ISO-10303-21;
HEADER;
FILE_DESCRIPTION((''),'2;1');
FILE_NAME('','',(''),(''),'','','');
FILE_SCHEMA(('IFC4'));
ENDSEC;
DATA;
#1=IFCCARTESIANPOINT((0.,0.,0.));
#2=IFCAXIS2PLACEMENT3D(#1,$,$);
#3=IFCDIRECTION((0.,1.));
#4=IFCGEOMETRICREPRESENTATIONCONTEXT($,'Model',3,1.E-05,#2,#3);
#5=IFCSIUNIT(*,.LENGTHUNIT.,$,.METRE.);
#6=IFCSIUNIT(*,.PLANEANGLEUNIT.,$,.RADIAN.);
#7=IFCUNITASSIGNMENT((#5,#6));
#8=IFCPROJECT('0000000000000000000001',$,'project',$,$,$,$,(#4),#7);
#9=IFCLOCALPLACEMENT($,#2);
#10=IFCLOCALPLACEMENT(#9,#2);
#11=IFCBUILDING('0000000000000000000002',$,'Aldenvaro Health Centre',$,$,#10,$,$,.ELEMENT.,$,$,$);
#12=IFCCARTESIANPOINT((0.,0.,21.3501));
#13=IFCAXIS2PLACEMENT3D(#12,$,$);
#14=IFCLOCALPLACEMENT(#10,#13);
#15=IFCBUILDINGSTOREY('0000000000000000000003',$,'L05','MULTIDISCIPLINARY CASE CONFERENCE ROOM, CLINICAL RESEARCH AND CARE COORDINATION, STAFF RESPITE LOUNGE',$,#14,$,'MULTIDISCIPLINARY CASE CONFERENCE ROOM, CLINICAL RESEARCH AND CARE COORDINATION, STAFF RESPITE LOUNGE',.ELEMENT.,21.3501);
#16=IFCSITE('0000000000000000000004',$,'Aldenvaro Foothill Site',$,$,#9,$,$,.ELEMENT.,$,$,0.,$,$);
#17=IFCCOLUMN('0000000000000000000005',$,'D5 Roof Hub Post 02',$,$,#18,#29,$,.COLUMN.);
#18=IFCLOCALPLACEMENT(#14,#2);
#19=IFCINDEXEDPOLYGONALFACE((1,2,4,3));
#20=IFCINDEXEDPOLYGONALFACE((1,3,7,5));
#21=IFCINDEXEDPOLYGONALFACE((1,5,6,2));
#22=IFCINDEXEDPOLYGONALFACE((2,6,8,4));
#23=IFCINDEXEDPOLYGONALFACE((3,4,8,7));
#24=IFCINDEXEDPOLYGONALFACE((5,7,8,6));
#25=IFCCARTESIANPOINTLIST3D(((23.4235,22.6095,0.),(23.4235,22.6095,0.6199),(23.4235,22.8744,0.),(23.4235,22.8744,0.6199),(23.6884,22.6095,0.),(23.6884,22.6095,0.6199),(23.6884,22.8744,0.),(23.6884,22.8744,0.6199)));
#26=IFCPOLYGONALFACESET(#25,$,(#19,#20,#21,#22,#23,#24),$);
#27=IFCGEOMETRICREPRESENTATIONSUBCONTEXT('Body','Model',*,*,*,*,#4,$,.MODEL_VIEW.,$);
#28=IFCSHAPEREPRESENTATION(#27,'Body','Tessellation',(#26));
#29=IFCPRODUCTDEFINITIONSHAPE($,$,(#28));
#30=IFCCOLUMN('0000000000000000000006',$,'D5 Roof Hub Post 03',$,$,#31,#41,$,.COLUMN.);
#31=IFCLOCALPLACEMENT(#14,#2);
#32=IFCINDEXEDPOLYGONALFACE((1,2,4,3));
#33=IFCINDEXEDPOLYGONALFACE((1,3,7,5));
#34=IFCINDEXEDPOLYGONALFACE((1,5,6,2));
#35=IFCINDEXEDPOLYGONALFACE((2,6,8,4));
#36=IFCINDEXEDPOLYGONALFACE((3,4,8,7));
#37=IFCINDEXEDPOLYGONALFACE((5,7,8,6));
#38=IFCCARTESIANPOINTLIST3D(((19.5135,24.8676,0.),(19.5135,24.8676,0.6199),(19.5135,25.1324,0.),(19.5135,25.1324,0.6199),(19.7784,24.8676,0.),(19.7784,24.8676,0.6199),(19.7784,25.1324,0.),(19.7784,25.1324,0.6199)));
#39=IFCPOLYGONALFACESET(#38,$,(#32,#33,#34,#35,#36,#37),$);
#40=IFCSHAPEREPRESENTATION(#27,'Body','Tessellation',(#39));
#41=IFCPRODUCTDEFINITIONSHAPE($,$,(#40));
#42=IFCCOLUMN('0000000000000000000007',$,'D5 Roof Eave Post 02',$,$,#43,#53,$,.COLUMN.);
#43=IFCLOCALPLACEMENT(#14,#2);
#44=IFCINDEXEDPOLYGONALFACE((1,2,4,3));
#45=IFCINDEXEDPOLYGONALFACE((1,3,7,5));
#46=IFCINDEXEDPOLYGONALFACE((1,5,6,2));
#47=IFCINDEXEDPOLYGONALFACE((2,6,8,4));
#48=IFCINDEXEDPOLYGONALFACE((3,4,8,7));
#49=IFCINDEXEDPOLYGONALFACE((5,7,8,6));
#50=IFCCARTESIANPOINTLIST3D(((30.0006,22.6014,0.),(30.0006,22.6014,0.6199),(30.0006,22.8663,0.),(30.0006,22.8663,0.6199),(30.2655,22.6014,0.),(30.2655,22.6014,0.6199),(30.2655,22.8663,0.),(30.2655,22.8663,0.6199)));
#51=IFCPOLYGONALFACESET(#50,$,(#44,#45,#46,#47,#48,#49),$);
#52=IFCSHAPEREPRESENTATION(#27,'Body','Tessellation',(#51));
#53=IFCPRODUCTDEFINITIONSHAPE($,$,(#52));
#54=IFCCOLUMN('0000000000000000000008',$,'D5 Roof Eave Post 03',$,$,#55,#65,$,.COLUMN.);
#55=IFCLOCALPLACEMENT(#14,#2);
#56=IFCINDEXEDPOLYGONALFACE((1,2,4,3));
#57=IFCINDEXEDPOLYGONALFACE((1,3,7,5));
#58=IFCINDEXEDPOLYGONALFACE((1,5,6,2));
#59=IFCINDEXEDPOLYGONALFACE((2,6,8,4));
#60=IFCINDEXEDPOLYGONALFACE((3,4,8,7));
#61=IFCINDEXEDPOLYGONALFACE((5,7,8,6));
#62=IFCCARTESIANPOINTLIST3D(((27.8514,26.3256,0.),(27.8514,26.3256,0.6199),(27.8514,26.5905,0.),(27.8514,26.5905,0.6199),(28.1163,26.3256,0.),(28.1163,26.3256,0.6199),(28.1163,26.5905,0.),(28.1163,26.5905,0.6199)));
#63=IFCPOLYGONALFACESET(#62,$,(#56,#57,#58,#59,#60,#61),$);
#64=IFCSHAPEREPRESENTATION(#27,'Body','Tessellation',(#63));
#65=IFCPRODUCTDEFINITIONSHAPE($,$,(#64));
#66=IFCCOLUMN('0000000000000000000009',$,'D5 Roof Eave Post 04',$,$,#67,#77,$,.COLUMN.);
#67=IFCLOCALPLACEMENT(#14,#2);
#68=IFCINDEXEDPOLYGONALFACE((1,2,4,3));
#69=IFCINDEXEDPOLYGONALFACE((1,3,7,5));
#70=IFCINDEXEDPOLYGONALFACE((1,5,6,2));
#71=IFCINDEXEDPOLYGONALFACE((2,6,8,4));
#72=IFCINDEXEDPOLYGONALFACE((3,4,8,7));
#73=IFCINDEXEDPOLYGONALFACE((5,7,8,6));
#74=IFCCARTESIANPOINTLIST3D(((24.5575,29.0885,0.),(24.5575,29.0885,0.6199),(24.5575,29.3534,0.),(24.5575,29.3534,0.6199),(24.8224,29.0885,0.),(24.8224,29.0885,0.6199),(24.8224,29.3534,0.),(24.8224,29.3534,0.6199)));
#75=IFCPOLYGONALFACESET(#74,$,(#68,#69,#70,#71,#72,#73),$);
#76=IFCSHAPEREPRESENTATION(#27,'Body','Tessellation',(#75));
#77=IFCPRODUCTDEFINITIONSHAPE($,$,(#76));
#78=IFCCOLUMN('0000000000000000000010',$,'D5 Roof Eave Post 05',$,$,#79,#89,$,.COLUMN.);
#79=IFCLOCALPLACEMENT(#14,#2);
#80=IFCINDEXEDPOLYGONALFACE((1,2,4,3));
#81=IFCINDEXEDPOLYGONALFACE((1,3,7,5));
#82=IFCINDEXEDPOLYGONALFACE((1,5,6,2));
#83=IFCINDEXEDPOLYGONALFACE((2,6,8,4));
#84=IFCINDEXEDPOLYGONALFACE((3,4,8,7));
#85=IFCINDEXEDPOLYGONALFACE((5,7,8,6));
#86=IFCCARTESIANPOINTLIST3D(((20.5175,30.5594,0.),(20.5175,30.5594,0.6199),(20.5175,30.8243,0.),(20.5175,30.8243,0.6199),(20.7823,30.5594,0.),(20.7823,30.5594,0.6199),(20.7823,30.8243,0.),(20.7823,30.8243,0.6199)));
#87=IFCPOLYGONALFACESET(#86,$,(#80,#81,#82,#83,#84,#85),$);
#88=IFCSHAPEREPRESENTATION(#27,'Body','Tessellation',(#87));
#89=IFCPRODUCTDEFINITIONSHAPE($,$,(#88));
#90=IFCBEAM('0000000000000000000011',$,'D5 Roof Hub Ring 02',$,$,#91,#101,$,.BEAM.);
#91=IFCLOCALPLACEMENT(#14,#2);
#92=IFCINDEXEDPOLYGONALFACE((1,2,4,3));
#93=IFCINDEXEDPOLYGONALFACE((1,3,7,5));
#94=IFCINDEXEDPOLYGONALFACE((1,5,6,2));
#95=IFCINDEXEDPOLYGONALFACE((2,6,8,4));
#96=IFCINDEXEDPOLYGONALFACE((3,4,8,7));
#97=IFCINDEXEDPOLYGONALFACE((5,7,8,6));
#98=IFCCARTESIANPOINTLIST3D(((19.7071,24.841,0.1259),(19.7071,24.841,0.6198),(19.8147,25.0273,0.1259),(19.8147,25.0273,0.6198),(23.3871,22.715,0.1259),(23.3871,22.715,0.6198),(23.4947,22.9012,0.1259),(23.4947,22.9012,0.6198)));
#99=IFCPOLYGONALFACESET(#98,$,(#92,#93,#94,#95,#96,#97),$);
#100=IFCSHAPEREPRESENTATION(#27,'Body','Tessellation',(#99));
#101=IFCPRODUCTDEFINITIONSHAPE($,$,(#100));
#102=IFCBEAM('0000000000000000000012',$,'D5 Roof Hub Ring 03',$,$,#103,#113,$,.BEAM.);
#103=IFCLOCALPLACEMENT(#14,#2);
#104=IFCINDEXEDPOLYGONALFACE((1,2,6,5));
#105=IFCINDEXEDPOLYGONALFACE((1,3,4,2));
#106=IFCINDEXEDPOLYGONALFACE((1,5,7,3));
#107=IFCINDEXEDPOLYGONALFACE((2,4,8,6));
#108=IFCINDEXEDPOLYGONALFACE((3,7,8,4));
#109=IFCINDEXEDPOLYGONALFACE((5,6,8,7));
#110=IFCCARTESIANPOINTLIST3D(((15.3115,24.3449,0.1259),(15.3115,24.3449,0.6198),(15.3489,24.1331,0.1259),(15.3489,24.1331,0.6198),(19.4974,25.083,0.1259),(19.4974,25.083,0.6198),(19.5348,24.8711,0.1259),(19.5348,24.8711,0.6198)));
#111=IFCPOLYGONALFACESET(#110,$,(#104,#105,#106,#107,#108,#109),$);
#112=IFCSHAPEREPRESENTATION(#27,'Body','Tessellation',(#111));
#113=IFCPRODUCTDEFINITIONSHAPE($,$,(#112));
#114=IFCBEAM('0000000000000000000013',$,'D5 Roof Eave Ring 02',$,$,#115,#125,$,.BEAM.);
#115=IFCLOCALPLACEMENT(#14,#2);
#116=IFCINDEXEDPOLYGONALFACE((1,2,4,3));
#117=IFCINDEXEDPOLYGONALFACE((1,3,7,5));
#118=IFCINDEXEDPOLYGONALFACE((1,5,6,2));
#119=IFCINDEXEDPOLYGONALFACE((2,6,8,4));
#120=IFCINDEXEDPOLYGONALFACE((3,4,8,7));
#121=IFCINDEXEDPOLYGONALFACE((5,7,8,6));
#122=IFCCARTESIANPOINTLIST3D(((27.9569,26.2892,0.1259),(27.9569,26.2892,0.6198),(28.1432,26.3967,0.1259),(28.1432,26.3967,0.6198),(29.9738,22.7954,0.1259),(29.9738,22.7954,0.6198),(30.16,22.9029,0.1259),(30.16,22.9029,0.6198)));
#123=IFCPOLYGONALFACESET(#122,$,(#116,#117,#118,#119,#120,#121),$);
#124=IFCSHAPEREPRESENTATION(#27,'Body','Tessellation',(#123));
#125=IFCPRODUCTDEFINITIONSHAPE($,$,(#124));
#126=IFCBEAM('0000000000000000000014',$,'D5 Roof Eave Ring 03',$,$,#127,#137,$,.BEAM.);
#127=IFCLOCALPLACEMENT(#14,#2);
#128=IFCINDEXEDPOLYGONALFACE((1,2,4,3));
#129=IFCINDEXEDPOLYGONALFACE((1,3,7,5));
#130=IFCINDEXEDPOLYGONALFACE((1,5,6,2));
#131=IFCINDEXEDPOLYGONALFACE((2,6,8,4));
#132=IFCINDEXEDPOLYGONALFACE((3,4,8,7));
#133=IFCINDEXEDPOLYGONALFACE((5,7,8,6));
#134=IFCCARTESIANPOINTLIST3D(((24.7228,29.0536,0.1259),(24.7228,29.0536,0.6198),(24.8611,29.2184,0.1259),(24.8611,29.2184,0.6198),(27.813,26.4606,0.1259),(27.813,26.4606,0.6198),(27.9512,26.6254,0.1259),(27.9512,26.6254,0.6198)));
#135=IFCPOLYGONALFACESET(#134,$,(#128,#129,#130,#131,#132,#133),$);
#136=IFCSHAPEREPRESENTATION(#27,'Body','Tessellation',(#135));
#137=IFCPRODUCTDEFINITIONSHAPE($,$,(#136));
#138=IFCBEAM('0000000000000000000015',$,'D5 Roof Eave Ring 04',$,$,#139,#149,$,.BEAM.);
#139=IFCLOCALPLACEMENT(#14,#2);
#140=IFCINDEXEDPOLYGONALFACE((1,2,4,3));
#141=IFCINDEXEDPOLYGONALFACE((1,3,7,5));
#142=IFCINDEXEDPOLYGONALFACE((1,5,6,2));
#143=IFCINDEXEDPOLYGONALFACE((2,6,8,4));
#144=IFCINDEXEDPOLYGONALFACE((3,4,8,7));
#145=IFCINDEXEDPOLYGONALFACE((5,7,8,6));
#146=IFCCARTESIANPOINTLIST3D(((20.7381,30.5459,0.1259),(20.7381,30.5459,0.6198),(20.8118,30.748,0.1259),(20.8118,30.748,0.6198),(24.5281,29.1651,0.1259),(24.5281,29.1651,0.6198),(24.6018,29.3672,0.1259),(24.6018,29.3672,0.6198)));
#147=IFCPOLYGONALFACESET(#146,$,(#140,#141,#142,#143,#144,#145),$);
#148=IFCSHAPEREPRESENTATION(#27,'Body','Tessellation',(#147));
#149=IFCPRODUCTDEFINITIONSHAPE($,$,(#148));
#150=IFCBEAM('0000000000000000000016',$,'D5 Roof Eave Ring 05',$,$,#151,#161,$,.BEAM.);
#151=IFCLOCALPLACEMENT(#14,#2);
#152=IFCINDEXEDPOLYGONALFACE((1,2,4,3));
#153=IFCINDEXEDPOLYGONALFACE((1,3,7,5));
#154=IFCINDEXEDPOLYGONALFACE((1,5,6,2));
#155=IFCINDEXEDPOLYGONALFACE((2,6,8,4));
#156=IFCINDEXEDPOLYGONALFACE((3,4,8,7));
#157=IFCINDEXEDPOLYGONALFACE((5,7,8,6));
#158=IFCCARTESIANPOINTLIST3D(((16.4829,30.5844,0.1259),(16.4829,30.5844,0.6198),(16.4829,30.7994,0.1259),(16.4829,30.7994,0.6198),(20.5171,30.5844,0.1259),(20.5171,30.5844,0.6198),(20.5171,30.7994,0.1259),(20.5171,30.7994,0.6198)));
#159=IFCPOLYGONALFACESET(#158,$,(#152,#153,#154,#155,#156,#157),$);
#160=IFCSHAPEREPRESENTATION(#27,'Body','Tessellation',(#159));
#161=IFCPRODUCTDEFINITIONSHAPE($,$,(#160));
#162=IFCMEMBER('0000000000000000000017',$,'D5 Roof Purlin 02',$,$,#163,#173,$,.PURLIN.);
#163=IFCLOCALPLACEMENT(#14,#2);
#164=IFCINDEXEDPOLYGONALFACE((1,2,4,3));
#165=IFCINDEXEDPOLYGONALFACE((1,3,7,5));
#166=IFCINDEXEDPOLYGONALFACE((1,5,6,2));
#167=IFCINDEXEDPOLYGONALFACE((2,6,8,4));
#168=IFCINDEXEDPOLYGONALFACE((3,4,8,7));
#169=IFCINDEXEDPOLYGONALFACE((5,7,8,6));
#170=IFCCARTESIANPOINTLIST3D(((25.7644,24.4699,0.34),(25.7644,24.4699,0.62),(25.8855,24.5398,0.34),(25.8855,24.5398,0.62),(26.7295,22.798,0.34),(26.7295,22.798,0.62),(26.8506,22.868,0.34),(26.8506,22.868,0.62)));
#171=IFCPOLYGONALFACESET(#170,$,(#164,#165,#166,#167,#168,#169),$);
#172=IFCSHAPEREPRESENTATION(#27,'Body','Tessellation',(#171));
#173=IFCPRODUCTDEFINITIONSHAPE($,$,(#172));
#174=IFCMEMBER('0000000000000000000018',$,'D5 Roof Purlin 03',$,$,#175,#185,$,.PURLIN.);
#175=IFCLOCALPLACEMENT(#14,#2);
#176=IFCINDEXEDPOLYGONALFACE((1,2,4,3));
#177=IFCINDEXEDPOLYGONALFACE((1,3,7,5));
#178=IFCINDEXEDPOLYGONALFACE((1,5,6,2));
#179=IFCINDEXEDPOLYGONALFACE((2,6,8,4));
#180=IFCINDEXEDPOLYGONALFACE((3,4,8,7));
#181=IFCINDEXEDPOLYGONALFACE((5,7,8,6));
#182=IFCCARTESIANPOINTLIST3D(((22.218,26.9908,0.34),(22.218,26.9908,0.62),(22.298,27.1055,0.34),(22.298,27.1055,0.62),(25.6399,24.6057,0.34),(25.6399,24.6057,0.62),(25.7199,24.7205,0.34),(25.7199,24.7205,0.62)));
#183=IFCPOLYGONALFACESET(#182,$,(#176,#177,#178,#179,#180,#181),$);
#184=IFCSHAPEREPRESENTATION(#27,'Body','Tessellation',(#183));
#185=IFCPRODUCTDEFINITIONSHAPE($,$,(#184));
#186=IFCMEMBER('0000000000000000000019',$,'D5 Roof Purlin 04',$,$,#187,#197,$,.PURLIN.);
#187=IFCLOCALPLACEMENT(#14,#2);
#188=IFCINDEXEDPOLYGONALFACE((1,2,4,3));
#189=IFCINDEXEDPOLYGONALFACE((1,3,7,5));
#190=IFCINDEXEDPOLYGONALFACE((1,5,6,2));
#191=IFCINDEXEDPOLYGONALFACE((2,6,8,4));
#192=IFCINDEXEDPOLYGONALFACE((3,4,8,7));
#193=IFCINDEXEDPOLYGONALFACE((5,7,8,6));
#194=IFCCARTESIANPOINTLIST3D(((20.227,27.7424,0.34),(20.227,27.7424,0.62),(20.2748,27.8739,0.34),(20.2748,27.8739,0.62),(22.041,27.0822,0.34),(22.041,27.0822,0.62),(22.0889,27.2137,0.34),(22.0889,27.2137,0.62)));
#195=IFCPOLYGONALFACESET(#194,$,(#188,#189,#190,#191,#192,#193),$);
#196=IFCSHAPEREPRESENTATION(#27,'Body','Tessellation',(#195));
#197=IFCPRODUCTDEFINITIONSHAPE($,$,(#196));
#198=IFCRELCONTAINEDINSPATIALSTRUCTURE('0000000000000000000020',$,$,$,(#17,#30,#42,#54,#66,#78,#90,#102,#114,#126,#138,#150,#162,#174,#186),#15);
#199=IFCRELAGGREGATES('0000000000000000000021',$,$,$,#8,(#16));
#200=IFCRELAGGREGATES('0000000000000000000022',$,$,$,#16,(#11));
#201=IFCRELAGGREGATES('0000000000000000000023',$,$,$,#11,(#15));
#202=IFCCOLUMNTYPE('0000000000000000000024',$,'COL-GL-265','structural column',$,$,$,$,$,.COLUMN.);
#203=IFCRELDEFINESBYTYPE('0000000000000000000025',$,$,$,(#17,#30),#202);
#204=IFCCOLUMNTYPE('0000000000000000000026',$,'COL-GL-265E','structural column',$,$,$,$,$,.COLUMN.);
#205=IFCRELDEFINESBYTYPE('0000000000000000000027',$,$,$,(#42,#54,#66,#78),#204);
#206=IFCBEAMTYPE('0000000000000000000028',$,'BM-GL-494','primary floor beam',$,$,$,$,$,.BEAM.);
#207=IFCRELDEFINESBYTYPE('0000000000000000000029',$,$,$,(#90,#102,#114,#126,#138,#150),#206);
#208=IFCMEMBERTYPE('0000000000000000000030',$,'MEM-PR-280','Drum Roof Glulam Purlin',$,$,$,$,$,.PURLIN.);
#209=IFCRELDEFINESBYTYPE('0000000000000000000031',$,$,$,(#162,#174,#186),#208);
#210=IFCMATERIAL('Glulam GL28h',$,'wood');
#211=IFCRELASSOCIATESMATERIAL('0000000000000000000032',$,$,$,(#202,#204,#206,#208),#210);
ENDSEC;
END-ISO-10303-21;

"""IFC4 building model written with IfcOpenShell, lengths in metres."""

from ifc_helpers import new_model, si_unit, direction, frame, origin, origin_2d, place, context, subcontext, project, spatial, rectangle, extrude, material, material_profile, profile_set, type_object, element, save


model = new_model("IFC4")

# Units and contexts
model_context = context("Model", 3, precision=1e-05, world=origin(), true_north=direction((0.0, 1.0)))
body_context = subcontext(model_context, "Body", "Model", "MODEL_VIEW")
ifc_project = project(units=[si_unit("LENGTHUNIT", "METRE"), si_unit("PLANEANGLEUNIT", "RADIAN")], contexts=[model_context])

# Site, building, storey
site_placement = place(None, origin())
site = spatial("IfcSite", under=ifc_project, at=site_placement, Name="Aldenvaro Foothill Site", CompositionType="ELEMENT", RefElevation=0.0)
building_placement = place(site_placement, origin())
building = spatial("IfcBuilding", under=site, at=building_placement, Name="Aldenvaro Health Centre", CompositionType="ELEMENT")
storey_placement = place(building_placement, frame((0.0, 0.0, 21.3501)))
storey = spatial("IfcBuildingStorey", under=building, at=storey_placement, Name="L05", Description="MULTIDISCIPLINARY CASE CONFERENCE ROOM, CLINICAL RESEARCH AND CARE COORDINATION, STAFF RESPITE LOUNGE", LongName="MULTIDISCIPLINARY CASE CONFERENCE ROOM, CLINICAL RESEARCH AND CARE COORDINATION, STAFF RESPITE LOUNGE", CompositionType="ELEMENT", Elevation=21.3501)

# Columns
ifc_material_1 = material(Name="Glulam GL28h", Category="wood")
ifc_material_profile_1 = material_profile(ifc_material_1, rectangle(XDim=0.2649, YDim=0.2649, at=origin_2d()), Name="GL 265x265", Category="wood")
ifc_profile_set_1 = profile_set([ifc_material_profile_1], Name="Glulam GL28h")
column_type_1 = type_object("IfcColumnType", Name="COL-GL-265", Description="structural column", PredefinedType="COLUMN", material=ifc_profile_set_1)
for number, where, z_axis, x_axis, name in (
    (1, (23.5559, 22.7419, 0.0), (0.0, 0.0, 1.0), (1.0, 0.0, 0.0), "D5 Roof Hub Post 02"),
    (2, (19.646, 25.0, 0.0), (0.0, 0.0, 1.0), (1.0, 0.0, 0.0), "D5 Roof Hub Post 03"),
):
    element("IfcColumn", number, at=place(storey_placement, frame(where, z_axis=z_axis, x_axis=x_axis)), inside=storey, type_object=column_type_1, Name=name, PredefinedType="COLUMN", context=body_context, shape_type="SweptSolid", body=[
        extrude(rectangle(XDim=0.2649, YDim=0.2649, at=origin_2d()), origin(), (0.0, 0.0, 1.0), 0.6199),
    ])
ifc_material_profile_2 = material_profile(ifc_material_1, rectangle(XDim=0.2649, YDim=0.2649, at=origin_2d()), Name="GL 265x265", Category="wood")
ifc_profile_set_2 = profile_set([ifc_material_profile_2], Name="Glulam GL28h")
column_type_2 = type_object("IfcColumnType", Name="COL-GL-265E", Description="structural column", PredefinedType="COLUMN", material=ifc_profile_set_2)
for number, where, z_axis, x_axis, name in (
    (3, (30.1331, 22.7339, 0.0), (0.0, 0.0, 1.0), (1.0, 0.0, 0.0), "D5 Roof Eave Post 02"),
    (4, (27.9839, 26.458, 0.0), (0.0, 0.0, 1.0), (1.0, 0.0, 0.0), "D5 Roof Eave Post 03"),
    (5, (24.6899, 29.2209, 0.0), (0.0, 0.0, 1.0), (1.0, 0.0, 0.0), "D5 Roof Eave Post 04"),
    (6, (20.6499, 30.6919, 0.0), (0.0, 0.0, 1.0), (1.0, 0.0, 0.0), "D5 Roof Eave Post 05"),
):
    element("IfcColumn", number, at=place(storey_placement, frame(where, z_axis=z_axis, x_axis=x_axis)), inside=storey, type_object=column_type_2, Name=name, PredefinedType="COLUMN", context=body_context, shape_type="SweptSolid", body=[
        extrude(rectangle(XDim=0.2649, YDim=0.2649, at=origin_2d()), origin(), (0.0, 0.0, 1.0), 0.6199),
    ])

# Beams
ifc_material_profile_3 = material_profile(ifc_material_1, rectangle(XDim=0.2151, YDim=0.4939, at=origin_2d()), Name="GL 215x494", Category="wood")
ifc_profile_set_3 = profile_set([ifc_material_profile_3], Name="Glulam GL28h")
beam_type = type_object("IfcBeamType", Name="BM-GL-494", Description="primary floor beam", PredefinedType="BEAM", material=ifc_profile_set_3)
beam_1_placement = place(storey_placement, frame((23.4409, 22.8081, 0.3728), z_axis=(-0.865886, 0.500241, 0.0), x_axis=(-0.500241, -0.865886, 0.0)))
element("IfcBeam", 7, at=beam_1_placement, inside=storey, type_object=beam_type, Name="D5 Roof Hub Ring 02", PredefinedType="BEAM", context=body_context, shape_type="SweptSolid", body=[
    extrude(rectangle(XDim=0.2151, YDim=0.4939, at=origin_2d()), origin(), (0.0, 0.0, 1.0), 4.25),
])
beam_2_placement = place(storey_placement, frame((19.5161, 24.9771, 0.3728), z_axis=(-0.984811, -0.173631, 0.0), x_axis=(0.173631, -0.984811, 0.0)))
element("IfcBeam", 8, at=beam_2_placement, inside=storey, type_object=beam_type, Name="D5 Roof Hub Ring 03", PredefinedType="BEAM", context=body_context, shape_type="SweptSolid", body=[
    extrude(rectangle(XDim=0.2151, YDim=0.4939, at=origin_2d()), origin(), (0.0, 0.0, 1.0), 4.2505),
])
beam_3_placement = place(storey_placement, frame((30.0669, 22.8491, 0.3728), z_axis=(-0.499934, 0.866064, 0.0), x_axis=(-0.866064, -0.499934, 0.0)))
element("IfcBeam", 9, at=beam_3_placement, inside=storey, type_object=beam_type, Name="D5 Roof Eave Ring 02", PredefinedType="BEAM", context=body_context, shape_type="SweptSolid", body=[
    extrude(rectangle(XDim=0.2151, YDim=0.4939, at=origin_2d()), origin(), (0.0, 0.0, 1.0), 4.0342),
])
beam_4_placement = place(storey_placement, frame((27.8821, 26.543, 0.3728), z_axis=(-0.766029, 0.642806, 0.0), x_axis=(-0.642806, -0.766029, 0.0)))
element("IfcBeam", 10, at=beam_4_placement, inside=storey, type_object=beam_type, Name="D5 Roof Eave Ring 03", PredefinedType="BEAM", context=body_context, shape_type="SweptSolid", body=[
    extrude(rectangle(XDim=0.2151, YDim=0.4939, at=origin_2d()), origin(), (0.0, 0.0, 1.0), 4.0339),
])
beam_5_placement = place(storey_placement, frame((24.5649, 29.2661, 0.3728), z_axis=(-0.939581, 0.342326, 0.0), x_axis=(-0.342326, -0.939581, 0.0)))
element("IfcBeam", 11, at=beam_5_placement, inside=storey, type_object=beam_type, Name="D5 Roof Eave Ring 04", PredefinedType="BEAM", context=body_context, shape_type="SweptSolid", body=[
    extrude(rectangle(XDim=0.2151, YDim=0.4939, at=origin_2d()), origin(), (0.0, 0.0, 1.0), 4.0337),
])
beam_6_placement = place(storey_placement, frame((20.5171, 30.6919, 0.3728), z_axis=(-1.0, 0.0, 0.0), x_axis=(0.0, -1.0, 0.0)))
element("IfcBeam", 12, at=beam_6_placement, inside=storey, type_object=beam_type, Name="D5 Roof Eave Ring 05", PredefinedType="BEAM", context=body_context, shape_type="SweptSolid", body=[
    extrude(rectangle(XDim=0.2151, YDim=0.4939, at=origin_2d()), origin(), (0.0, 0.0, 1.0), 4.0342),
])

# Members
ifc_material_profile_4 = material_profile(ifc_material_1, rectangle(XDim=0.1399, YDim=0.28, at=origin_2d()), Name="GL 140x280", Category="wood")
ifc_profile_set_4 = profile_set([ifc_material_profile_4], Name="Glulam GL28h")
member_type_1 = type_object("IfcMemberType", Name="MEM-PR-280", Description="Drum Roof Glulam Purlin", PredefinedType="PURLIN", material=ifc_profile_set_4)
member_1_placement = place(storey_placement, frame((26.79, 22.833, 0.48), z_axis=(-0.499934, 0.866063, 0.0), x_axis=(-0.866063, -0.499934, 0.0)))
element("IfcMember", 13, at=member_1_placement, inside=storey, type_object=member_type_1, Name="D5 Roof Purlin 02", PredefinedType="PURLIN", context=body_context, shape_type="SweptSolid", body=[
    extrude(rectangle(XDim=0.1399, YDim=0.28, at=origin_2d()), origin(), (0.0, 0.0, 1.0), 1.9304),
])
member_2_placement = place(storey_placement, frame((25.6799, 24.6631, 0.48), z_axis=(-0.820391, 0.571803, 0.0), x_axis=(-0.571803, -0.820391, 0.0)))
element("IfcMember", 14, at=member_2_placement, inside=storey, type_object=member_type_1, Name="D5 Roof Purlin 03", PredefinedType="PURLIN", context=body_context, shape_type="SweptSolid", body=[
    extrude(rectangle(XDim=0.1399, YDim=0.28, at=origin_2d()), origin(), (0.0, 0.0, 1.0), 4.1711),
])
member_3_placement = place(storey_placement, frame((22.0649, 27.1479, 0.48), z_axis=(-0.939705, 0.341987, 0.0), x_axis=(-0.341987, -0.939705, 0.0)))
element("IfcMember", 15, at=member_3_placement, inside=storey, type_object=member_type_1, Name="D5 Roof Purlin 04", PredefinedType="PURLIN", context=body_context, shape_type="SweptSolid", body=[
    extrude(rectangle(XDim=0.1399, YDim=0.28, at=origin_2d()), origin(), (0.0, 0.0, 1.0), 1.9304),
])

save(model, "model.ifc")
